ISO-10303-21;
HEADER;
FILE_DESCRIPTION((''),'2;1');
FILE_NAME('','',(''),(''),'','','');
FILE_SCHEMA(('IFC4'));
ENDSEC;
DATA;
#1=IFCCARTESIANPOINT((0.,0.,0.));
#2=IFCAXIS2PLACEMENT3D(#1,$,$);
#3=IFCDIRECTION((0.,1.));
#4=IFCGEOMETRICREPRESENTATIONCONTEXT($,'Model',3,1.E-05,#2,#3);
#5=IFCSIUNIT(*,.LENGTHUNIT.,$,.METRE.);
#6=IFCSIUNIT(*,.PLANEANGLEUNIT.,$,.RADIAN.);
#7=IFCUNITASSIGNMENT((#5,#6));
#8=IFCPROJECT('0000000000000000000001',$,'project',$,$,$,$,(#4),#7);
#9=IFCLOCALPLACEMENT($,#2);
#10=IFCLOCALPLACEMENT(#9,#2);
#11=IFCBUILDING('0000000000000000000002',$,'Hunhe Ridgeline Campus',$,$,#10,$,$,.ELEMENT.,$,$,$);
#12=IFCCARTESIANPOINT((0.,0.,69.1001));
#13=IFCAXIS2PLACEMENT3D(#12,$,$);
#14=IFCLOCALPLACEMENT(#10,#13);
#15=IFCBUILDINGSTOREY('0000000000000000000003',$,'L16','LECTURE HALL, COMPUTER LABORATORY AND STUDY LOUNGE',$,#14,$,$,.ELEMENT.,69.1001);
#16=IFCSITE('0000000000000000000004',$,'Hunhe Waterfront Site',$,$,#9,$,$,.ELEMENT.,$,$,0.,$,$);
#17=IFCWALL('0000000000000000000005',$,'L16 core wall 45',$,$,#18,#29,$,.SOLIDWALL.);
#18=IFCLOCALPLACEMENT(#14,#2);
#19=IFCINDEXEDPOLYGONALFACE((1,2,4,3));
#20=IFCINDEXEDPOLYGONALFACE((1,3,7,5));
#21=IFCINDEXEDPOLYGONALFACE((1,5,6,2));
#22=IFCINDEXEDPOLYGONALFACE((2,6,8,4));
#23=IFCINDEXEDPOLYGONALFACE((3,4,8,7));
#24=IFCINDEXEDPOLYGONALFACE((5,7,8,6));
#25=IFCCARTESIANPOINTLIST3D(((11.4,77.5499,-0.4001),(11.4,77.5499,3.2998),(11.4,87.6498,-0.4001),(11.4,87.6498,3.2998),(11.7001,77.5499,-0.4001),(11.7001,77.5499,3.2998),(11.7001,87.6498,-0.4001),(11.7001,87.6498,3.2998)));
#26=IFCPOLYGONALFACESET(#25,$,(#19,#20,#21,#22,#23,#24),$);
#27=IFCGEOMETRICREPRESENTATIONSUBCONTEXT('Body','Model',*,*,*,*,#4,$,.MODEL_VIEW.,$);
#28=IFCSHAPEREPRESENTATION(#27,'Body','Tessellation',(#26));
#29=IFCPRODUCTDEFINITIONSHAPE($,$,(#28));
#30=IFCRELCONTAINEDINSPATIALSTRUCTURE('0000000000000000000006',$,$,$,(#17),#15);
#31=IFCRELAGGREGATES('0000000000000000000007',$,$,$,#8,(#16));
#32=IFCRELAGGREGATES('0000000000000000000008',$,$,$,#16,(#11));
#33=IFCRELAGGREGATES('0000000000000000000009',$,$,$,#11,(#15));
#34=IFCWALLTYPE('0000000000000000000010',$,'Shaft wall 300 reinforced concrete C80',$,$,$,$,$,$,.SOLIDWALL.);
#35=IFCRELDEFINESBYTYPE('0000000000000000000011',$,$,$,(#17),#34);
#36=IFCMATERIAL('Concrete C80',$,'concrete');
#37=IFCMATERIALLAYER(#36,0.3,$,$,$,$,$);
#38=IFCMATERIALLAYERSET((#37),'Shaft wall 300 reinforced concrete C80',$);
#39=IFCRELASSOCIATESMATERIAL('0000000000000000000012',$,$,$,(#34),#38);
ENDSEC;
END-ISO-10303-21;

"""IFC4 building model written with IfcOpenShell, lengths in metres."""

from ifc_helpers import new_model, si_unit, direction, frame, frame_2d, origin, place, context, subcontext, project, spatial, rectangle, extrude, material, layer, layer_set, type_object, element, save


model = new_model("IFC4")

# Units and contexts
model_context = context("Model", 3, precision=1e-05, world=origin(), true_north=direction((0.0, 1.0)))
body_context = subcontext(model_context, "Body", "Model", "MODEL_VIEW")
ifc_project = project(units=[si_unit("LENGTHUNIT", "METRE"), si_unit("PLANEANGLEUNIT", "RADIAN")], contexts=[model_context])

# Site, building, storey
site_placement = place(None, origin())
site = spatial("IfcSite", under=ifc_project, at=site_placement, Name="Hunhe Waterfront Site", CompositionType="ELEMENT", RefElevation=0.0)
building_placement = place(site_placement, origin())
building = spatial("IfcBuilding", under=site, at=building_placement, Name="Hunhe Ridgeline Campus", CompositionType="ELEMENT")
storey_placement = place(building_placement, frame((0.0, 0.0, 69.1001)))
storey = spatial("IfcBuildingStorey", under=building, at=storey_placement, Name="L16", Description="LECTURE HALL, COMPUTER LABORATORY AND STUDY LOUNGE", CompositionType="ELEMENT", Elevation=69.1001)

# Shared definitions
ifc_material_1 = material(Name="Concrete C80", Category="concrete")
ifc_layer_1 = layer(ifc_material_1, 0.3)
ifc_layer_set_1 = layer_set([ifc_layer_1], Name="Shaft wall 300 reinforced concrete C80")
wall_type_1 = type_object("IfcWallType", Name="Shaft wall 300 reinforced concrete C80", PredefinedType="SOLIDWALL", material=ifc_layer_set_1)

# Wall
wall_1_placement = place(storey_placement, frame((11.55, 77.55, -0.4001), z_axis=(0.0, 0.0, 1.0), x_axis=(0.0, 1.0, 0.0)))
element("IfcWall", 1, at=wall_1_placement, inside=storey, type_object=wall_type_1, Name="L16 core wall 45", PredefinedType="SOLIDWALL", context=body_context, shape_type="SweptSolid", body=[
    extrude(rectangle(XDim=10.0999, YDim=0.3, at=frame_2d((5.0498, 0.0))), origin(), (0.0, 0.0, 1.0), 3.7),
])

save(model, "model.ifc")
